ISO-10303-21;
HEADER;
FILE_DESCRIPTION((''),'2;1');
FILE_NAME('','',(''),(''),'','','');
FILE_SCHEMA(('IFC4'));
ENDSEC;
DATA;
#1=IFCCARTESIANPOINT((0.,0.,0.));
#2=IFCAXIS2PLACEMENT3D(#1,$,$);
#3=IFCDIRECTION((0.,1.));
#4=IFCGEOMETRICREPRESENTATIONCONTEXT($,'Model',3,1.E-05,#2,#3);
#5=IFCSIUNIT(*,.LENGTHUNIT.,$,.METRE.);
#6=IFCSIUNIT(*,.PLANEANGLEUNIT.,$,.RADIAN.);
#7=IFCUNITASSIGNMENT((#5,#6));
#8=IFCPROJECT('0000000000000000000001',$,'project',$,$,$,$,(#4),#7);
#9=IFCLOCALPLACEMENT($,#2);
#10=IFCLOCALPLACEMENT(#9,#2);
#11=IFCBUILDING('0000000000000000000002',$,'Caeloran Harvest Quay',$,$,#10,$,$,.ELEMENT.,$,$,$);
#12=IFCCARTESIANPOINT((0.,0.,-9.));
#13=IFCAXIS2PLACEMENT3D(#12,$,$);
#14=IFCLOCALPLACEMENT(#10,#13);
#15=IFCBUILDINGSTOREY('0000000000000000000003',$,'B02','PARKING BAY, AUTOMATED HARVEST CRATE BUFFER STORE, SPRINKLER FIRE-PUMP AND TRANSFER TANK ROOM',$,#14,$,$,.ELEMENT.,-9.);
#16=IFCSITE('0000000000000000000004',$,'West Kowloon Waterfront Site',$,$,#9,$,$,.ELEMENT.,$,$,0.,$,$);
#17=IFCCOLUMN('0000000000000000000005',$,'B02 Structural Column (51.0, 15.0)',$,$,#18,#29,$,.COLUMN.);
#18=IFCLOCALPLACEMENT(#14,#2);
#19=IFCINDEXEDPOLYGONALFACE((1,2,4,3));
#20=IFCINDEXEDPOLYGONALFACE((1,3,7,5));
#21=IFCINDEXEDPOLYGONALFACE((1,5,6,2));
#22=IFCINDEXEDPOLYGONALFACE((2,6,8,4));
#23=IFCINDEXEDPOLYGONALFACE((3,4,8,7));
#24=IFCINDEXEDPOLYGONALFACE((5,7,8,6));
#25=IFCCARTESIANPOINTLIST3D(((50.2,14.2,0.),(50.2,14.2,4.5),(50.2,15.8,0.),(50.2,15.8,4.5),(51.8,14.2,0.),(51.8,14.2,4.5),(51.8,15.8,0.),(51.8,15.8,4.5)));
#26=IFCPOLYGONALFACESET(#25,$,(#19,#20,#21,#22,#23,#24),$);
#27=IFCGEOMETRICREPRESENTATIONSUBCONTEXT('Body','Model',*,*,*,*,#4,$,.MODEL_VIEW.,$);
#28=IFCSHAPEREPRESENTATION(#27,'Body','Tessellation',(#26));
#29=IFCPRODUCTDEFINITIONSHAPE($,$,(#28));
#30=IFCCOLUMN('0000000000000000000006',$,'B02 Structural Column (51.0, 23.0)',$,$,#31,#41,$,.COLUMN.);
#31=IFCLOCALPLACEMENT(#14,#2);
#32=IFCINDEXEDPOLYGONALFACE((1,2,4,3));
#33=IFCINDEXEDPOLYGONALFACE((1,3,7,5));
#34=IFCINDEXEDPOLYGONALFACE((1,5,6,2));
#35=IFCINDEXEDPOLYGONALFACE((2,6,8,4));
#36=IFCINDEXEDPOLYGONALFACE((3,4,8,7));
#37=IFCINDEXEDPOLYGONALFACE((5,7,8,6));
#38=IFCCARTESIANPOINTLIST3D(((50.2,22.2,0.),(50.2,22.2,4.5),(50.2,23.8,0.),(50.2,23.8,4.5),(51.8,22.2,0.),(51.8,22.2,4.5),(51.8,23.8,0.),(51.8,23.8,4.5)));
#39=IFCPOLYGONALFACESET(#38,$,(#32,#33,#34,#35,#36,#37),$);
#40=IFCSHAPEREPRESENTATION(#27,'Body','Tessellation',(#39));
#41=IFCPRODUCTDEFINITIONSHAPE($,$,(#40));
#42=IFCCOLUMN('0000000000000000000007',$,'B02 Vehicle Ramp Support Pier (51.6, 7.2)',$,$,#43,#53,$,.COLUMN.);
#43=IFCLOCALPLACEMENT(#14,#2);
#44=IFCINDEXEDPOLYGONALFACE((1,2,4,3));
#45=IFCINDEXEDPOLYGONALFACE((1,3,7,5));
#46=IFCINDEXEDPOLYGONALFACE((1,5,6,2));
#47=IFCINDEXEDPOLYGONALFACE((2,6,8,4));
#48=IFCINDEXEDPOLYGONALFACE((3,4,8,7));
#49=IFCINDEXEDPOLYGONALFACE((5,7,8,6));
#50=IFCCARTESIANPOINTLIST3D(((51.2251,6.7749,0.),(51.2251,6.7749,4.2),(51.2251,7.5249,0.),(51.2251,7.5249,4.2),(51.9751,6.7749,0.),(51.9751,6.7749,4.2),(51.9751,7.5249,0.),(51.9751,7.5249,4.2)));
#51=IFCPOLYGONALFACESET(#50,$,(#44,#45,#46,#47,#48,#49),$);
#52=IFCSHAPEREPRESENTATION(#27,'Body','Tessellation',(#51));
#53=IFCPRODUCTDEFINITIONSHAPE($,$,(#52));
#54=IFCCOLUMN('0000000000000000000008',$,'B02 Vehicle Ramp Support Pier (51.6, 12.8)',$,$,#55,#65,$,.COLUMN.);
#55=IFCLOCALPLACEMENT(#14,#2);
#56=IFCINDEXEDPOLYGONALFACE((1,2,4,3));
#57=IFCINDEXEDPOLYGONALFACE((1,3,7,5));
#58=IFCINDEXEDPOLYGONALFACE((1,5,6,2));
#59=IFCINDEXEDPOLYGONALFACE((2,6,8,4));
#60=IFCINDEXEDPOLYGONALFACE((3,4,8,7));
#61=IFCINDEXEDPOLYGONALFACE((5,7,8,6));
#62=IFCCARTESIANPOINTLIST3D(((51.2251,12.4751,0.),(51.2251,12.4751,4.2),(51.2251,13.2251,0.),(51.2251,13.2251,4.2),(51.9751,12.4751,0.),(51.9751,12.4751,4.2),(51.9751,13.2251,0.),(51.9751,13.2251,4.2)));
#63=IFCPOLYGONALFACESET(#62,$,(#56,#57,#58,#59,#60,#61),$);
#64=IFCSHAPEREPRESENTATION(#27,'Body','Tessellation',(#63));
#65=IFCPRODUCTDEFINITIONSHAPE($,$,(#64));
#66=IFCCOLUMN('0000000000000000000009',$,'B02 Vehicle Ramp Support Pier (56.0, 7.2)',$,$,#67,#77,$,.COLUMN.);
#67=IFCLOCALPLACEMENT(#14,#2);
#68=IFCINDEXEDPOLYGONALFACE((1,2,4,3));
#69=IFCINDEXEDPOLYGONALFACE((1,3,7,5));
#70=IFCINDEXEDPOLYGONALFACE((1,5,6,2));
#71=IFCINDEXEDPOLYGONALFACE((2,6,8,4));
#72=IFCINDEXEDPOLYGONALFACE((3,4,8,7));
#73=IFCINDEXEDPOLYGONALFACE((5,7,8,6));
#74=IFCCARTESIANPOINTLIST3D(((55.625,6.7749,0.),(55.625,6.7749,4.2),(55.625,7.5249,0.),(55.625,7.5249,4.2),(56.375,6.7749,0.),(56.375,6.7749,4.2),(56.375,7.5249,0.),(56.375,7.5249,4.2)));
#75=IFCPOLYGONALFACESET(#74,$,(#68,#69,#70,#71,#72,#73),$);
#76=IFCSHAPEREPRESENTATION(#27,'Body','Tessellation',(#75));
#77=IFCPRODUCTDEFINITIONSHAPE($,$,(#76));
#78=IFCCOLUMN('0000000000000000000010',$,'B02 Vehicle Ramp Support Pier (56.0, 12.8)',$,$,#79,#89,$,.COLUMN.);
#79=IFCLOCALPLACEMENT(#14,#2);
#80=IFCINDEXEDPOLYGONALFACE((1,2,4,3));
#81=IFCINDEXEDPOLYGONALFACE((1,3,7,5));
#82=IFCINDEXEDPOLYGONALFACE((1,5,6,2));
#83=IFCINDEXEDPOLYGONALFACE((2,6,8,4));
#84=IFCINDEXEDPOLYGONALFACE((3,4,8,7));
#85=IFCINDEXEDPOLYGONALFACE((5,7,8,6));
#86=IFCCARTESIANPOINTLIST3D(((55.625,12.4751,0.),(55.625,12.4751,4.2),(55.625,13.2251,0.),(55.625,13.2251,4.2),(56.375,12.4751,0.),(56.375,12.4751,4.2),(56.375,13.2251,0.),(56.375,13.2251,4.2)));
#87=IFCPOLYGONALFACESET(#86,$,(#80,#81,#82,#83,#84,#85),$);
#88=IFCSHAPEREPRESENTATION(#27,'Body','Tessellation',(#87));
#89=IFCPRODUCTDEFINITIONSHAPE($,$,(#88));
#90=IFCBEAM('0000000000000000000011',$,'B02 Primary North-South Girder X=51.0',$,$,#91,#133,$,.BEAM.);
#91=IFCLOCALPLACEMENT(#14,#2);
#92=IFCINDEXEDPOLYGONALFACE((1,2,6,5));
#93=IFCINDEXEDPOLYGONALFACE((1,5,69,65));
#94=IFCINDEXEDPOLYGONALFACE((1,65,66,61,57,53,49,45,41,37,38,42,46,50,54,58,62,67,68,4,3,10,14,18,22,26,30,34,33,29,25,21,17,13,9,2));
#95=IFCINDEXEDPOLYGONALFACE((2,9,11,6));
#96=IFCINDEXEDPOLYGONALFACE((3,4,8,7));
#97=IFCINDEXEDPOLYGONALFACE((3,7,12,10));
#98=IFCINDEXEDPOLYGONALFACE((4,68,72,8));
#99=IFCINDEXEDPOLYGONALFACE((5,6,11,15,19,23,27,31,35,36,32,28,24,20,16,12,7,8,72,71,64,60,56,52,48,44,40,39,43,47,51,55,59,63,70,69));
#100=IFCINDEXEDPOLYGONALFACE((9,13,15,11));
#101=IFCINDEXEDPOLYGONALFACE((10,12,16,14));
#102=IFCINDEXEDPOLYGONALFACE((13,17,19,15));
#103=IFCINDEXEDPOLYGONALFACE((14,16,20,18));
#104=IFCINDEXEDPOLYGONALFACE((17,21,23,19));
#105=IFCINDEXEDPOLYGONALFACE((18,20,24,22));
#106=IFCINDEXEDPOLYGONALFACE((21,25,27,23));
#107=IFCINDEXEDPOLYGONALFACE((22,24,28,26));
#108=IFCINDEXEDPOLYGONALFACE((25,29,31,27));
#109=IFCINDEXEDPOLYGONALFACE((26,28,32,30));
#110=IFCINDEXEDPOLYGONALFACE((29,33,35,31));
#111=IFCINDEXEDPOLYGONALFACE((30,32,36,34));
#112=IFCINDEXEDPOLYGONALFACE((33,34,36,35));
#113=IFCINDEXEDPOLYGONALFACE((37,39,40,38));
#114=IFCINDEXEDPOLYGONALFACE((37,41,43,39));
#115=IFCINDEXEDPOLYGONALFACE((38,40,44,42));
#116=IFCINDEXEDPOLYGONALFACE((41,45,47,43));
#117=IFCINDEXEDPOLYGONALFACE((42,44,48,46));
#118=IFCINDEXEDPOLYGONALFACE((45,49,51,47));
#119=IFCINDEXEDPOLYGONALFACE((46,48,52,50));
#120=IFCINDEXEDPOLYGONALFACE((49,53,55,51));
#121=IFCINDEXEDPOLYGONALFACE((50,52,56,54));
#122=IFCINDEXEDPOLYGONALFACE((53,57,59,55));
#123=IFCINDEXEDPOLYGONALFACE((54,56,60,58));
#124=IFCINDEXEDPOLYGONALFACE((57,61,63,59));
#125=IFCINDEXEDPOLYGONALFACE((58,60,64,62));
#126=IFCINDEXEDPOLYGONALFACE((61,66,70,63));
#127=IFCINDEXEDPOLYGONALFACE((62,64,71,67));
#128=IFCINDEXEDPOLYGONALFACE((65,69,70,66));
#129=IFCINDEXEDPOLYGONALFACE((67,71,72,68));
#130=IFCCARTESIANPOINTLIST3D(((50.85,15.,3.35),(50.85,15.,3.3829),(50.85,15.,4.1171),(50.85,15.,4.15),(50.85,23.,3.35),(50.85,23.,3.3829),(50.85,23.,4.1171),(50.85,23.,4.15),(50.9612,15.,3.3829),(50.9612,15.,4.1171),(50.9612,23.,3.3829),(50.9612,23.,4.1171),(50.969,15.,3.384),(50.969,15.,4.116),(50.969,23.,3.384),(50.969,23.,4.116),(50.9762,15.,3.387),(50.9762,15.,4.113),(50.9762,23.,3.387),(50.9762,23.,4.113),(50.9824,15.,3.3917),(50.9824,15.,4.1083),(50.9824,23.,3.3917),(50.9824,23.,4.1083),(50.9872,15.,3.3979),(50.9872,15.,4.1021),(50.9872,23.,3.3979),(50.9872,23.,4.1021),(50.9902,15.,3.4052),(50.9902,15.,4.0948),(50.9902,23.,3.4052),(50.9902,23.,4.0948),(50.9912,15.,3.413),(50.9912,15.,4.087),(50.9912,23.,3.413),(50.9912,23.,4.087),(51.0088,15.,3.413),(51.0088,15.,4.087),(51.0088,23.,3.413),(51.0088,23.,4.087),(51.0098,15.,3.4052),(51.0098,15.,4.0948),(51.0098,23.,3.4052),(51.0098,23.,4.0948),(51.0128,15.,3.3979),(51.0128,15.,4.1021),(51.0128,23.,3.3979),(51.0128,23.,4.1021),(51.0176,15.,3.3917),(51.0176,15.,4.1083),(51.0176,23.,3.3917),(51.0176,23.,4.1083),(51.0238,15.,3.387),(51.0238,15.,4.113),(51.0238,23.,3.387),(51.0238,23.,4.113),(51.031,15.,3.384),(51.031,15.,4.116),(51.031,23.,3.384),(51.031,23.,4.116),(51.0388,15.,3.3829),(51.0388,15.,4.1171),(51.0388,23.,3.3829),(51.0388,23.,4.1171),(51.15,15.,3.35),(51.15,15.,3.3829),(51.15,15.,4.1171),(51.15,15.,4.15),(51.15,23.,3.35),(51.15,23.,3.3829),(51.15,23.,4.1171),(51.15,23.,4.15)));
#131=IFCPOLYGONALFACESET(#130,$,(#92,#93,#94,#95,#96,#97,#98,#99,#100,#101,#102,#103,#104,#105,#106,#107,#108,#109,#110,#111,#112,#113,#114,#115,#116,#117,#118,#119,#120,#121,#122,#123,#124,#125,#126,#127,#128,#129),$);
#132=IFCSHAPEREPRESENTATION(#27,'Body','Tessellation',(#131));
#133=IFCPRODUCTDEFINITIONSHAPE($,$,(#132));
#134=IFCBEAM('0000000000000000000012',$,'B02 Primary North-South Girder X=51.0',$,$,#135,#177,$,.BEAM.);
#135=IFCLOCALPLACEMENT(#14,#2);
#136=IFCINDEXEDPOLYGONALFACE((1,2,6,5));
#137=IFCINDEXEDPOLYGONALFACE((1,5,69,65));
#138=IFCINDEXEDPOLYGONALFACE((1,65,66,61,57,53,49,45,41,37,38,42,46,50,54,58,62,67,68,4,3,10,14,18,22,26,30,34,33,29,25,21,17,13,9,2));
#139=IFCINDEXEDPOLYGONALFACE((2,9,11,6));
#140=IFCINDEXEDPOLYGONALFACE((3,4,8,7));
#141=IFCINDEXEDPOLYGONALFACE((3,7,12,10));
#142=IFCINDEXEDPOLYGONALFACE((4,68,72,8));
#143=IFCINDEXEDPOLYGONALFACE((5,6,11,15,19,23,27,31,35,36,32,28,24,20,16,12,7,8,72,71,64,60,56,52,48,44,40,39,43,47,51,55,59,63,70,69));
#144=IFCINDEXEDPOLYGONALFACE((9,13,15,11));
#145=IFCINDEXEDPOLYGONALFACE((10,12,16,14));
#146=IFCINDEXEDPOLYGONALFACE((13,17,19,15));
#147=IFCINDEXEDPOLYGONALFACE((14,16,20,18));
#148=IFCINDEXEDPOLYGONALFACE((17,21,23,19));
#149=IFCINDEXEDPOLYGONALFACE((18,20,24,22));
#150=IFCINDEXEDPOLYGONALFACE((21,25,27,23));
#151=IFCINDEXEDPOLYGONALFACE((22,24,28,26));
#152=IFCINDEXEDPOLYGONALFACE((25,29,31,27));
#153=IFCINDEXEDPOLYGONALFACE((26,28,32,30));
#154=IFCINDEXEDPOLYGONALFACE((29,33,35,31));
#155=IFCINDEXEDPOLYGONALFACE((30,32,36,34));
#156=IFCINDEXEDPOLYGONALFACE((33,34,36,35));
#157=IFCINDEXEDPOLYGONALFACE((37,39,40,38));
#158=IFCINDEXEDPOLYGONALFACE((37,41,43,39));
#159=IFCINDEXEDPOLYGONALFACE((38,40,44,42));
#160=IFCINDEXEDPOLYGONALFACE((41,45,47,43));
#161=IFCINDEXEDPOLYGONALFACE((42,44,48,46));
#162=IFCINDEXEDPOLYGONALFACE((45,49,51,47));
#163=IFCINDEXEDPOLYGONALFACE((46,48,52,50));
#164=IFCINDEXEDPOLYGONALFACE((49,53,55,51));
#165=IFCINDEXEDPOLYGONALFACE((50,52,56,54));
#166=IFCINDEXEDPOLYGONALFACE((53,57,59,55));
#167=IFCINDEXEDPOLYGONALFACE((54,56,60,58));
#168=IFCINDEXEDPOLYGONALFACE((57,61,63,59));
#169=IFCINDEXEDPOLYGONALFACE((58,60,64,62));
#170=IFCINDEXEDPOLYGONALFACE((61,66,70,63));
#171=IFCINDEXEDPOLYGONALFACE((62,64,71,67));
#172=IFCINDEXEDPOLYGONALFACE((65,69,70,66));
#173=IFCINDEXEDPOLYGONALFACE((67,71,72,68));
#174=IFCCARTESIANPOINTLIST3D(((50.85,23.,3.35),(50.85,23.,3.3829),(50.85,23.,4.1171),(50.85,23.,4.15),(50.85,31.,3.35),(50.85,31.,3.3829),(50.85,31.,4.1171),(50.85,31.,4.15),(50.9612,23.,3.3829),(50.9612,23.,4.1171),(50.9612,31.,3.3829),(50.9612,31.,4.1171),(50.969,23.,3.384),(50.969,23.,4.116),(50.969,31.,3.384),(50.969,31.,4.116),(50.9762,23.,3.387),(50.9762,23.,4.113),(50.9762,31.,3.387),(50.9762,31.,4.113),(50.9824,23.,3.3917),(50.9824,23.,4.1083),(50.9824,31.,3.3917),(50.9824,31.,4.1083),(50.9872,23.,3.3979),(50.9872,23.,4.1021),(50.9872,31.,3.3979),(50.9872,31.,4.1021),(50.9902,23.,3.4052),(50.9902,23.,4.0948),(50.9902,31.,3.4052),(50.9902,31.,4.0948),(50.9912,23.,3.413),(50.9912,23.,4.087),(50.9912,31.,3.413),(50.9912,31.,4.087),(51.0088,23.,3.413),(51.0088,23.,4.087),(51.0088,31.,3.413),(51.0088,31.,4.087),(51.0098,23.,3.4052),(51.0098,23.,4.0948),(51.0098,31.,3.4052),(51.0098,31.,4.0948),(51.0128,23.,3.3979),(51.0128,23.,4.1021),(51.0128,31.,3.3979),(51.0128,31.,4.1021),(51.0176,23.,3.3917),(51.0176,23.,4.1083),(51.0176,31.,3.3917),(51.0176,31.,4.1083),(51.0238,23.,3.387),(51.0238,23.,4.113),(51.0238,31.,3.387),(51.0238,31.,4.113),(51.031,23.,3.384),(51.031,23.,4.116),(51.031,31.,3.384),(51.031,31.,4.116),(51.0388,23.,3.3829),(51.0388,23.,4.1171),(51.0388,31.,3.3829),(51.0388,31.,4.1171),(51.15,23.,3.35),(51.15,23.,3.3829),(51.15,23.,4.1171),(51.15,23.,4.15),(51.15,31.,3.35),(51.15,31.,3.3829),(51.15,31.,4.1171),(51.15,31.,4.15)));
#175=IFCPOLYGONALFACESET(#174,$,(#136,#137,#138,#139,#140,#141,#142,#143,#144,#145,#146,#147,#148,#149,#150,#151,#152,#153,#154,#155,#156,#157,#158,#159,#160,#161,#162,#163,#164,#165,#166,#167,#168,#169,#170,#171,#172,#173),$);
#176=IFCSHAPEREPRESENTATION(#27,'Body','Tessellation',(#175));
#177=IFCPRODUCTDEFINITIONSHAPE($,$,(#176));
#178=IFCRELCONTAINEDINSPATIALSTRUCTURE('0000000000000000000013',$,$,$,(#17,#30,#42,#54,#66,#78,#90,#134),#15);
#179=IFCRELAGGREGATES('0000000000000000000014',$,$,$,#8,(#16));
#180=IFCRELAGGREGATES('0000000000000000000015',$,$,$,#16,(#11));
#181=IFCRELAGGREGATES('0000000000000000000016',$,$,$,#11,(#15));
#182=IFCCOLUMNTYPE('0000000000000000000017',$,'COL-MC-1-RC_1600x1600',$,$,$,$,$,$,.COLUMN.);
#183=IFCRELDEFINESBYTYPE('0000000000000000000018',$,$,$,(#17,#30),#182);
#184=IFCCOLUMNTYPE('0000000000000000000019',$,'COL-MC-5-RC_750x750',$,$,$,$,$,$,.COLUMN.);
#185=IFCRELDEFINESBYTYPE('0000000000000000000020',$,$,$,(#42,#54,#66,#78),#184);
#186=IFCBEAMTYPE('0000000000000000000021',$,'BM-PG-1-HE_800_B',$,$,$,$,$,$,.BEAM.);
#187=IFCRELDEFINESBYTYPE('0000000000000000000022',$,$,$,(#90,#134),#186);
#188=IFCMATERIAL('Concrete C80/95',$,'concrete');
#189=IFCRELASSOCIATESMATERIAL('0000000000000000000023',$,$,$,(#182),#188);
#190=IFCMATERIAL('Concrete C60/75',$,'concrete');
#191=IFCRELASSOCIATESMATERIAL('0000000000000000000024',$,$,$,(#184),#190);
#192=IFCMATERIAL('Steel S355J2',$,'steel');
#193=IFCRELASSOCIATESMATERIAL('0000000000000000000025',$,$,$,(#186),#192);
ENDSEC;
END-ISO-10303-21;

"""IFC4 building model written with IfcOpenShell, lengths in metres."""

from ifc_helpers import new_model, si_unit, direction, frame, origin, origin_2d, place, context, subcontext, project, spatial, rectangle, i_section, extrude, material, material_profile, profile_set, type_object, element, save


model = new_model("IFC4")

# Units and contexts
model_context = context("Model", 3, precision=1e-05, world=origin(), true_north=direction((0.0, 1.0)))
body_context = subcontext(model_context, "Body", "Model", "MODEL_VIEW")
ifc_project = project(units=[si_unit("LENGTHUNIT", "METRE"), si_unit("PLANEANGLEUNIT", "RADIAN")], contexts=[model_context])

# Site, building, storey
site_placement = place(None, origin())
site = spatial("IfcSite", under=ifc_project, at=site_placement, Name="West Kowloon Waterfront Site", CompositionType="ELEMENT", RefElevation=0.0)
building_placement = place(site_placement, origin())
building = spatial("IfcBuilding", under=site, at=building_placement, Name="Caeloran Harvest Quay", CompositionType="ELEMENT")
storey_placement = place(building_placement, frame((0.0, 0.0, -9.0)))
storey = spatial("IfcBuildingStorey", under=building, at=storey_placement, Name="B02", Description="PARKING BAY, AUTOMATED HARVEST CRATE BUFFER STORE, SPRINKLER FIRE-PUMP AND TRANSFER TANK ROOM", CompositionType="ELEMENT", Elevation=-9.0)

# Columns
ifc_material_1 = material(Name="Concrete C80/95", Category="concrete")
ifc_material_profile_1 = material_profile(ifc_material_1, rectangle(XDim=1.6001, YDim=1.6001, at=origin_2d()), Name="RC 1600x1600")
ifc_profile_set_1 = profile_set([ifc_material_profile_1], Name="Concrete C80/95")
column_type_1 = type_object("IfcColumnType", Name="COL-MC-1-RC_1600x1600", PredefinedType="COLUMN", material=ifc_profile_set_1)
for number, where, z_axis, x_axis, name in (
    (1, (51.0, 15.0, 0.0), (0.0, 0.0, 1.0), (1.0, 0.0, 0.0), "B02 Structural Column (51.0, 15.0)"),
    (2, (51.0, 23.0, 0.0), (0.0, 0.0, 1.0), (1.0, 0.0, 0.0), "B02 Structural Column (51.0, 23.0)"),
):
    element("IfcColumn", number, at=place(storey_placement, frame(where, z_axis=z_axis, x_axis=x_axis)), inside=storey, type_object=column_type_1, Name=name, PredefinedType="COLUMN", context=body_context, shape_type="SweptSolid", body=[
        extrude(rectangle(XDim=1.6001, YDim=1.6001, at=origin_2d()), origin(), (0.0, 0.0, 1.0), 4.5),
    ])
ifc_material_2 = material(Name="Concrete C60/75", Category="concrete")
ifc_material_profile_2 = material_profile(ifc_material_2, rectangle(XDim=0.75, YDim=0.75, at=origin_2d()), Name="RC 750x750")
ifc_profile_set_2 = profile_set([ifc_material_profile_2], Name="Concrete C60/75")
column_type_2 = type_object("IfcColumnType", Name="COL-MC-5-RC_750x750", PredefinedType="COLUMN", material=ifc_profile_set_2)
for number, where, z_axis, x_axis, name in (
    (3, (51.6001, 7.1499, 0.0), (0.0, 0.0, 1.0), (1.0, 0.0, 0.0), "B02 Vehicle Ramp Support Pier (51.6, 7.2)"),
    (4, (51.6001, 12.8501, 0.0), (0.0, 0.0, 1.0), (1.0, 0.0, 0.0), "B02 Vehicle Ramp Support Pier (51.6, 12.8)"),
    (5, (56.0, 7.1499, 0.0), (0.0, 0.0, 1.0), (1.0, 0.0, 0.0), "B02 Vehicle Ramp Support Pier (56.0, 7.2)"),
    (6, (56.0, 12.8501, 0.0), (0.0, 0.0, 1.0), (1.0, 0.0, 0.0), "B02 Vehicle Ramp Support Pier (56.0, 12.8)"),
):
    element("IfcColumn", number, at=place(storey_placement, frame(where, z_axis=z_axis, x_axis=x_axis)), inside=storey, type_object=column_type_2, Name=name, PredefinedType="COLUMN", context=body_context, shape_type="SweptSolid", body=[
        extrude(rectangle(XDim=0.75, YDim=0.75, at=origin_2d()), origin(), (0.0, 0.0, 1.0), 4.2),
    ])

# Beams
ifc_material_3 = material(Name="Steel S355J2", Category="steel")
ifc_material_profile_3 = material_profile(ifc_material_3, i_section(OverallWidth=0.3, OverallDepth=0.8, WebThickness=0.0176, FlangeThickness=0.033, FilletRadius=0.03, at=origin_2d()), Name="HE 800 B")
ifc_profile_set_3 = profile_set([ifc_material_profile_3], Name="Steel S355J2")
beam_type_1 = type_object("IfcBeamType", Name="BM-PG-1-HE_800_B", PredefinedType="BEAM", material=ifc_profile_set_3)
for number, where, z_axis, x_axis, name in (
    (7, (51.0, 15.0, 3.75), (0.0, 1.0, 0.0), (-1.0, 0.0, 0.0), "B02 Primary North-South Girder X=51.0"),
    (8, (51.0, 23.0, 3.75), (0.0, 1.0, 0.0), (-1.0, 0.0, 0.0), "B02 Primary North-South Girder X=51.0"),
):
    element("IfcBeam", number, at=place(storey_placement, frame(where, z_axis=z_axis, x_axis=x_axis)), inside=storey, type_object=beam_type_1, Name=name, PredefinedType="BEAM", context=body_context, shape_type="SweptSolid", body=[
        extrude(i_section(OverallWidth=0.3, OverallDepth=0.8, WebThickness=0.0176, FlangeThickness=0.033, FilletRadius=0.03, at=origin_2d()), origin(), (0.0, 0.0, 1.0), 8.0),
    ])

save(model, "model.ifc")
